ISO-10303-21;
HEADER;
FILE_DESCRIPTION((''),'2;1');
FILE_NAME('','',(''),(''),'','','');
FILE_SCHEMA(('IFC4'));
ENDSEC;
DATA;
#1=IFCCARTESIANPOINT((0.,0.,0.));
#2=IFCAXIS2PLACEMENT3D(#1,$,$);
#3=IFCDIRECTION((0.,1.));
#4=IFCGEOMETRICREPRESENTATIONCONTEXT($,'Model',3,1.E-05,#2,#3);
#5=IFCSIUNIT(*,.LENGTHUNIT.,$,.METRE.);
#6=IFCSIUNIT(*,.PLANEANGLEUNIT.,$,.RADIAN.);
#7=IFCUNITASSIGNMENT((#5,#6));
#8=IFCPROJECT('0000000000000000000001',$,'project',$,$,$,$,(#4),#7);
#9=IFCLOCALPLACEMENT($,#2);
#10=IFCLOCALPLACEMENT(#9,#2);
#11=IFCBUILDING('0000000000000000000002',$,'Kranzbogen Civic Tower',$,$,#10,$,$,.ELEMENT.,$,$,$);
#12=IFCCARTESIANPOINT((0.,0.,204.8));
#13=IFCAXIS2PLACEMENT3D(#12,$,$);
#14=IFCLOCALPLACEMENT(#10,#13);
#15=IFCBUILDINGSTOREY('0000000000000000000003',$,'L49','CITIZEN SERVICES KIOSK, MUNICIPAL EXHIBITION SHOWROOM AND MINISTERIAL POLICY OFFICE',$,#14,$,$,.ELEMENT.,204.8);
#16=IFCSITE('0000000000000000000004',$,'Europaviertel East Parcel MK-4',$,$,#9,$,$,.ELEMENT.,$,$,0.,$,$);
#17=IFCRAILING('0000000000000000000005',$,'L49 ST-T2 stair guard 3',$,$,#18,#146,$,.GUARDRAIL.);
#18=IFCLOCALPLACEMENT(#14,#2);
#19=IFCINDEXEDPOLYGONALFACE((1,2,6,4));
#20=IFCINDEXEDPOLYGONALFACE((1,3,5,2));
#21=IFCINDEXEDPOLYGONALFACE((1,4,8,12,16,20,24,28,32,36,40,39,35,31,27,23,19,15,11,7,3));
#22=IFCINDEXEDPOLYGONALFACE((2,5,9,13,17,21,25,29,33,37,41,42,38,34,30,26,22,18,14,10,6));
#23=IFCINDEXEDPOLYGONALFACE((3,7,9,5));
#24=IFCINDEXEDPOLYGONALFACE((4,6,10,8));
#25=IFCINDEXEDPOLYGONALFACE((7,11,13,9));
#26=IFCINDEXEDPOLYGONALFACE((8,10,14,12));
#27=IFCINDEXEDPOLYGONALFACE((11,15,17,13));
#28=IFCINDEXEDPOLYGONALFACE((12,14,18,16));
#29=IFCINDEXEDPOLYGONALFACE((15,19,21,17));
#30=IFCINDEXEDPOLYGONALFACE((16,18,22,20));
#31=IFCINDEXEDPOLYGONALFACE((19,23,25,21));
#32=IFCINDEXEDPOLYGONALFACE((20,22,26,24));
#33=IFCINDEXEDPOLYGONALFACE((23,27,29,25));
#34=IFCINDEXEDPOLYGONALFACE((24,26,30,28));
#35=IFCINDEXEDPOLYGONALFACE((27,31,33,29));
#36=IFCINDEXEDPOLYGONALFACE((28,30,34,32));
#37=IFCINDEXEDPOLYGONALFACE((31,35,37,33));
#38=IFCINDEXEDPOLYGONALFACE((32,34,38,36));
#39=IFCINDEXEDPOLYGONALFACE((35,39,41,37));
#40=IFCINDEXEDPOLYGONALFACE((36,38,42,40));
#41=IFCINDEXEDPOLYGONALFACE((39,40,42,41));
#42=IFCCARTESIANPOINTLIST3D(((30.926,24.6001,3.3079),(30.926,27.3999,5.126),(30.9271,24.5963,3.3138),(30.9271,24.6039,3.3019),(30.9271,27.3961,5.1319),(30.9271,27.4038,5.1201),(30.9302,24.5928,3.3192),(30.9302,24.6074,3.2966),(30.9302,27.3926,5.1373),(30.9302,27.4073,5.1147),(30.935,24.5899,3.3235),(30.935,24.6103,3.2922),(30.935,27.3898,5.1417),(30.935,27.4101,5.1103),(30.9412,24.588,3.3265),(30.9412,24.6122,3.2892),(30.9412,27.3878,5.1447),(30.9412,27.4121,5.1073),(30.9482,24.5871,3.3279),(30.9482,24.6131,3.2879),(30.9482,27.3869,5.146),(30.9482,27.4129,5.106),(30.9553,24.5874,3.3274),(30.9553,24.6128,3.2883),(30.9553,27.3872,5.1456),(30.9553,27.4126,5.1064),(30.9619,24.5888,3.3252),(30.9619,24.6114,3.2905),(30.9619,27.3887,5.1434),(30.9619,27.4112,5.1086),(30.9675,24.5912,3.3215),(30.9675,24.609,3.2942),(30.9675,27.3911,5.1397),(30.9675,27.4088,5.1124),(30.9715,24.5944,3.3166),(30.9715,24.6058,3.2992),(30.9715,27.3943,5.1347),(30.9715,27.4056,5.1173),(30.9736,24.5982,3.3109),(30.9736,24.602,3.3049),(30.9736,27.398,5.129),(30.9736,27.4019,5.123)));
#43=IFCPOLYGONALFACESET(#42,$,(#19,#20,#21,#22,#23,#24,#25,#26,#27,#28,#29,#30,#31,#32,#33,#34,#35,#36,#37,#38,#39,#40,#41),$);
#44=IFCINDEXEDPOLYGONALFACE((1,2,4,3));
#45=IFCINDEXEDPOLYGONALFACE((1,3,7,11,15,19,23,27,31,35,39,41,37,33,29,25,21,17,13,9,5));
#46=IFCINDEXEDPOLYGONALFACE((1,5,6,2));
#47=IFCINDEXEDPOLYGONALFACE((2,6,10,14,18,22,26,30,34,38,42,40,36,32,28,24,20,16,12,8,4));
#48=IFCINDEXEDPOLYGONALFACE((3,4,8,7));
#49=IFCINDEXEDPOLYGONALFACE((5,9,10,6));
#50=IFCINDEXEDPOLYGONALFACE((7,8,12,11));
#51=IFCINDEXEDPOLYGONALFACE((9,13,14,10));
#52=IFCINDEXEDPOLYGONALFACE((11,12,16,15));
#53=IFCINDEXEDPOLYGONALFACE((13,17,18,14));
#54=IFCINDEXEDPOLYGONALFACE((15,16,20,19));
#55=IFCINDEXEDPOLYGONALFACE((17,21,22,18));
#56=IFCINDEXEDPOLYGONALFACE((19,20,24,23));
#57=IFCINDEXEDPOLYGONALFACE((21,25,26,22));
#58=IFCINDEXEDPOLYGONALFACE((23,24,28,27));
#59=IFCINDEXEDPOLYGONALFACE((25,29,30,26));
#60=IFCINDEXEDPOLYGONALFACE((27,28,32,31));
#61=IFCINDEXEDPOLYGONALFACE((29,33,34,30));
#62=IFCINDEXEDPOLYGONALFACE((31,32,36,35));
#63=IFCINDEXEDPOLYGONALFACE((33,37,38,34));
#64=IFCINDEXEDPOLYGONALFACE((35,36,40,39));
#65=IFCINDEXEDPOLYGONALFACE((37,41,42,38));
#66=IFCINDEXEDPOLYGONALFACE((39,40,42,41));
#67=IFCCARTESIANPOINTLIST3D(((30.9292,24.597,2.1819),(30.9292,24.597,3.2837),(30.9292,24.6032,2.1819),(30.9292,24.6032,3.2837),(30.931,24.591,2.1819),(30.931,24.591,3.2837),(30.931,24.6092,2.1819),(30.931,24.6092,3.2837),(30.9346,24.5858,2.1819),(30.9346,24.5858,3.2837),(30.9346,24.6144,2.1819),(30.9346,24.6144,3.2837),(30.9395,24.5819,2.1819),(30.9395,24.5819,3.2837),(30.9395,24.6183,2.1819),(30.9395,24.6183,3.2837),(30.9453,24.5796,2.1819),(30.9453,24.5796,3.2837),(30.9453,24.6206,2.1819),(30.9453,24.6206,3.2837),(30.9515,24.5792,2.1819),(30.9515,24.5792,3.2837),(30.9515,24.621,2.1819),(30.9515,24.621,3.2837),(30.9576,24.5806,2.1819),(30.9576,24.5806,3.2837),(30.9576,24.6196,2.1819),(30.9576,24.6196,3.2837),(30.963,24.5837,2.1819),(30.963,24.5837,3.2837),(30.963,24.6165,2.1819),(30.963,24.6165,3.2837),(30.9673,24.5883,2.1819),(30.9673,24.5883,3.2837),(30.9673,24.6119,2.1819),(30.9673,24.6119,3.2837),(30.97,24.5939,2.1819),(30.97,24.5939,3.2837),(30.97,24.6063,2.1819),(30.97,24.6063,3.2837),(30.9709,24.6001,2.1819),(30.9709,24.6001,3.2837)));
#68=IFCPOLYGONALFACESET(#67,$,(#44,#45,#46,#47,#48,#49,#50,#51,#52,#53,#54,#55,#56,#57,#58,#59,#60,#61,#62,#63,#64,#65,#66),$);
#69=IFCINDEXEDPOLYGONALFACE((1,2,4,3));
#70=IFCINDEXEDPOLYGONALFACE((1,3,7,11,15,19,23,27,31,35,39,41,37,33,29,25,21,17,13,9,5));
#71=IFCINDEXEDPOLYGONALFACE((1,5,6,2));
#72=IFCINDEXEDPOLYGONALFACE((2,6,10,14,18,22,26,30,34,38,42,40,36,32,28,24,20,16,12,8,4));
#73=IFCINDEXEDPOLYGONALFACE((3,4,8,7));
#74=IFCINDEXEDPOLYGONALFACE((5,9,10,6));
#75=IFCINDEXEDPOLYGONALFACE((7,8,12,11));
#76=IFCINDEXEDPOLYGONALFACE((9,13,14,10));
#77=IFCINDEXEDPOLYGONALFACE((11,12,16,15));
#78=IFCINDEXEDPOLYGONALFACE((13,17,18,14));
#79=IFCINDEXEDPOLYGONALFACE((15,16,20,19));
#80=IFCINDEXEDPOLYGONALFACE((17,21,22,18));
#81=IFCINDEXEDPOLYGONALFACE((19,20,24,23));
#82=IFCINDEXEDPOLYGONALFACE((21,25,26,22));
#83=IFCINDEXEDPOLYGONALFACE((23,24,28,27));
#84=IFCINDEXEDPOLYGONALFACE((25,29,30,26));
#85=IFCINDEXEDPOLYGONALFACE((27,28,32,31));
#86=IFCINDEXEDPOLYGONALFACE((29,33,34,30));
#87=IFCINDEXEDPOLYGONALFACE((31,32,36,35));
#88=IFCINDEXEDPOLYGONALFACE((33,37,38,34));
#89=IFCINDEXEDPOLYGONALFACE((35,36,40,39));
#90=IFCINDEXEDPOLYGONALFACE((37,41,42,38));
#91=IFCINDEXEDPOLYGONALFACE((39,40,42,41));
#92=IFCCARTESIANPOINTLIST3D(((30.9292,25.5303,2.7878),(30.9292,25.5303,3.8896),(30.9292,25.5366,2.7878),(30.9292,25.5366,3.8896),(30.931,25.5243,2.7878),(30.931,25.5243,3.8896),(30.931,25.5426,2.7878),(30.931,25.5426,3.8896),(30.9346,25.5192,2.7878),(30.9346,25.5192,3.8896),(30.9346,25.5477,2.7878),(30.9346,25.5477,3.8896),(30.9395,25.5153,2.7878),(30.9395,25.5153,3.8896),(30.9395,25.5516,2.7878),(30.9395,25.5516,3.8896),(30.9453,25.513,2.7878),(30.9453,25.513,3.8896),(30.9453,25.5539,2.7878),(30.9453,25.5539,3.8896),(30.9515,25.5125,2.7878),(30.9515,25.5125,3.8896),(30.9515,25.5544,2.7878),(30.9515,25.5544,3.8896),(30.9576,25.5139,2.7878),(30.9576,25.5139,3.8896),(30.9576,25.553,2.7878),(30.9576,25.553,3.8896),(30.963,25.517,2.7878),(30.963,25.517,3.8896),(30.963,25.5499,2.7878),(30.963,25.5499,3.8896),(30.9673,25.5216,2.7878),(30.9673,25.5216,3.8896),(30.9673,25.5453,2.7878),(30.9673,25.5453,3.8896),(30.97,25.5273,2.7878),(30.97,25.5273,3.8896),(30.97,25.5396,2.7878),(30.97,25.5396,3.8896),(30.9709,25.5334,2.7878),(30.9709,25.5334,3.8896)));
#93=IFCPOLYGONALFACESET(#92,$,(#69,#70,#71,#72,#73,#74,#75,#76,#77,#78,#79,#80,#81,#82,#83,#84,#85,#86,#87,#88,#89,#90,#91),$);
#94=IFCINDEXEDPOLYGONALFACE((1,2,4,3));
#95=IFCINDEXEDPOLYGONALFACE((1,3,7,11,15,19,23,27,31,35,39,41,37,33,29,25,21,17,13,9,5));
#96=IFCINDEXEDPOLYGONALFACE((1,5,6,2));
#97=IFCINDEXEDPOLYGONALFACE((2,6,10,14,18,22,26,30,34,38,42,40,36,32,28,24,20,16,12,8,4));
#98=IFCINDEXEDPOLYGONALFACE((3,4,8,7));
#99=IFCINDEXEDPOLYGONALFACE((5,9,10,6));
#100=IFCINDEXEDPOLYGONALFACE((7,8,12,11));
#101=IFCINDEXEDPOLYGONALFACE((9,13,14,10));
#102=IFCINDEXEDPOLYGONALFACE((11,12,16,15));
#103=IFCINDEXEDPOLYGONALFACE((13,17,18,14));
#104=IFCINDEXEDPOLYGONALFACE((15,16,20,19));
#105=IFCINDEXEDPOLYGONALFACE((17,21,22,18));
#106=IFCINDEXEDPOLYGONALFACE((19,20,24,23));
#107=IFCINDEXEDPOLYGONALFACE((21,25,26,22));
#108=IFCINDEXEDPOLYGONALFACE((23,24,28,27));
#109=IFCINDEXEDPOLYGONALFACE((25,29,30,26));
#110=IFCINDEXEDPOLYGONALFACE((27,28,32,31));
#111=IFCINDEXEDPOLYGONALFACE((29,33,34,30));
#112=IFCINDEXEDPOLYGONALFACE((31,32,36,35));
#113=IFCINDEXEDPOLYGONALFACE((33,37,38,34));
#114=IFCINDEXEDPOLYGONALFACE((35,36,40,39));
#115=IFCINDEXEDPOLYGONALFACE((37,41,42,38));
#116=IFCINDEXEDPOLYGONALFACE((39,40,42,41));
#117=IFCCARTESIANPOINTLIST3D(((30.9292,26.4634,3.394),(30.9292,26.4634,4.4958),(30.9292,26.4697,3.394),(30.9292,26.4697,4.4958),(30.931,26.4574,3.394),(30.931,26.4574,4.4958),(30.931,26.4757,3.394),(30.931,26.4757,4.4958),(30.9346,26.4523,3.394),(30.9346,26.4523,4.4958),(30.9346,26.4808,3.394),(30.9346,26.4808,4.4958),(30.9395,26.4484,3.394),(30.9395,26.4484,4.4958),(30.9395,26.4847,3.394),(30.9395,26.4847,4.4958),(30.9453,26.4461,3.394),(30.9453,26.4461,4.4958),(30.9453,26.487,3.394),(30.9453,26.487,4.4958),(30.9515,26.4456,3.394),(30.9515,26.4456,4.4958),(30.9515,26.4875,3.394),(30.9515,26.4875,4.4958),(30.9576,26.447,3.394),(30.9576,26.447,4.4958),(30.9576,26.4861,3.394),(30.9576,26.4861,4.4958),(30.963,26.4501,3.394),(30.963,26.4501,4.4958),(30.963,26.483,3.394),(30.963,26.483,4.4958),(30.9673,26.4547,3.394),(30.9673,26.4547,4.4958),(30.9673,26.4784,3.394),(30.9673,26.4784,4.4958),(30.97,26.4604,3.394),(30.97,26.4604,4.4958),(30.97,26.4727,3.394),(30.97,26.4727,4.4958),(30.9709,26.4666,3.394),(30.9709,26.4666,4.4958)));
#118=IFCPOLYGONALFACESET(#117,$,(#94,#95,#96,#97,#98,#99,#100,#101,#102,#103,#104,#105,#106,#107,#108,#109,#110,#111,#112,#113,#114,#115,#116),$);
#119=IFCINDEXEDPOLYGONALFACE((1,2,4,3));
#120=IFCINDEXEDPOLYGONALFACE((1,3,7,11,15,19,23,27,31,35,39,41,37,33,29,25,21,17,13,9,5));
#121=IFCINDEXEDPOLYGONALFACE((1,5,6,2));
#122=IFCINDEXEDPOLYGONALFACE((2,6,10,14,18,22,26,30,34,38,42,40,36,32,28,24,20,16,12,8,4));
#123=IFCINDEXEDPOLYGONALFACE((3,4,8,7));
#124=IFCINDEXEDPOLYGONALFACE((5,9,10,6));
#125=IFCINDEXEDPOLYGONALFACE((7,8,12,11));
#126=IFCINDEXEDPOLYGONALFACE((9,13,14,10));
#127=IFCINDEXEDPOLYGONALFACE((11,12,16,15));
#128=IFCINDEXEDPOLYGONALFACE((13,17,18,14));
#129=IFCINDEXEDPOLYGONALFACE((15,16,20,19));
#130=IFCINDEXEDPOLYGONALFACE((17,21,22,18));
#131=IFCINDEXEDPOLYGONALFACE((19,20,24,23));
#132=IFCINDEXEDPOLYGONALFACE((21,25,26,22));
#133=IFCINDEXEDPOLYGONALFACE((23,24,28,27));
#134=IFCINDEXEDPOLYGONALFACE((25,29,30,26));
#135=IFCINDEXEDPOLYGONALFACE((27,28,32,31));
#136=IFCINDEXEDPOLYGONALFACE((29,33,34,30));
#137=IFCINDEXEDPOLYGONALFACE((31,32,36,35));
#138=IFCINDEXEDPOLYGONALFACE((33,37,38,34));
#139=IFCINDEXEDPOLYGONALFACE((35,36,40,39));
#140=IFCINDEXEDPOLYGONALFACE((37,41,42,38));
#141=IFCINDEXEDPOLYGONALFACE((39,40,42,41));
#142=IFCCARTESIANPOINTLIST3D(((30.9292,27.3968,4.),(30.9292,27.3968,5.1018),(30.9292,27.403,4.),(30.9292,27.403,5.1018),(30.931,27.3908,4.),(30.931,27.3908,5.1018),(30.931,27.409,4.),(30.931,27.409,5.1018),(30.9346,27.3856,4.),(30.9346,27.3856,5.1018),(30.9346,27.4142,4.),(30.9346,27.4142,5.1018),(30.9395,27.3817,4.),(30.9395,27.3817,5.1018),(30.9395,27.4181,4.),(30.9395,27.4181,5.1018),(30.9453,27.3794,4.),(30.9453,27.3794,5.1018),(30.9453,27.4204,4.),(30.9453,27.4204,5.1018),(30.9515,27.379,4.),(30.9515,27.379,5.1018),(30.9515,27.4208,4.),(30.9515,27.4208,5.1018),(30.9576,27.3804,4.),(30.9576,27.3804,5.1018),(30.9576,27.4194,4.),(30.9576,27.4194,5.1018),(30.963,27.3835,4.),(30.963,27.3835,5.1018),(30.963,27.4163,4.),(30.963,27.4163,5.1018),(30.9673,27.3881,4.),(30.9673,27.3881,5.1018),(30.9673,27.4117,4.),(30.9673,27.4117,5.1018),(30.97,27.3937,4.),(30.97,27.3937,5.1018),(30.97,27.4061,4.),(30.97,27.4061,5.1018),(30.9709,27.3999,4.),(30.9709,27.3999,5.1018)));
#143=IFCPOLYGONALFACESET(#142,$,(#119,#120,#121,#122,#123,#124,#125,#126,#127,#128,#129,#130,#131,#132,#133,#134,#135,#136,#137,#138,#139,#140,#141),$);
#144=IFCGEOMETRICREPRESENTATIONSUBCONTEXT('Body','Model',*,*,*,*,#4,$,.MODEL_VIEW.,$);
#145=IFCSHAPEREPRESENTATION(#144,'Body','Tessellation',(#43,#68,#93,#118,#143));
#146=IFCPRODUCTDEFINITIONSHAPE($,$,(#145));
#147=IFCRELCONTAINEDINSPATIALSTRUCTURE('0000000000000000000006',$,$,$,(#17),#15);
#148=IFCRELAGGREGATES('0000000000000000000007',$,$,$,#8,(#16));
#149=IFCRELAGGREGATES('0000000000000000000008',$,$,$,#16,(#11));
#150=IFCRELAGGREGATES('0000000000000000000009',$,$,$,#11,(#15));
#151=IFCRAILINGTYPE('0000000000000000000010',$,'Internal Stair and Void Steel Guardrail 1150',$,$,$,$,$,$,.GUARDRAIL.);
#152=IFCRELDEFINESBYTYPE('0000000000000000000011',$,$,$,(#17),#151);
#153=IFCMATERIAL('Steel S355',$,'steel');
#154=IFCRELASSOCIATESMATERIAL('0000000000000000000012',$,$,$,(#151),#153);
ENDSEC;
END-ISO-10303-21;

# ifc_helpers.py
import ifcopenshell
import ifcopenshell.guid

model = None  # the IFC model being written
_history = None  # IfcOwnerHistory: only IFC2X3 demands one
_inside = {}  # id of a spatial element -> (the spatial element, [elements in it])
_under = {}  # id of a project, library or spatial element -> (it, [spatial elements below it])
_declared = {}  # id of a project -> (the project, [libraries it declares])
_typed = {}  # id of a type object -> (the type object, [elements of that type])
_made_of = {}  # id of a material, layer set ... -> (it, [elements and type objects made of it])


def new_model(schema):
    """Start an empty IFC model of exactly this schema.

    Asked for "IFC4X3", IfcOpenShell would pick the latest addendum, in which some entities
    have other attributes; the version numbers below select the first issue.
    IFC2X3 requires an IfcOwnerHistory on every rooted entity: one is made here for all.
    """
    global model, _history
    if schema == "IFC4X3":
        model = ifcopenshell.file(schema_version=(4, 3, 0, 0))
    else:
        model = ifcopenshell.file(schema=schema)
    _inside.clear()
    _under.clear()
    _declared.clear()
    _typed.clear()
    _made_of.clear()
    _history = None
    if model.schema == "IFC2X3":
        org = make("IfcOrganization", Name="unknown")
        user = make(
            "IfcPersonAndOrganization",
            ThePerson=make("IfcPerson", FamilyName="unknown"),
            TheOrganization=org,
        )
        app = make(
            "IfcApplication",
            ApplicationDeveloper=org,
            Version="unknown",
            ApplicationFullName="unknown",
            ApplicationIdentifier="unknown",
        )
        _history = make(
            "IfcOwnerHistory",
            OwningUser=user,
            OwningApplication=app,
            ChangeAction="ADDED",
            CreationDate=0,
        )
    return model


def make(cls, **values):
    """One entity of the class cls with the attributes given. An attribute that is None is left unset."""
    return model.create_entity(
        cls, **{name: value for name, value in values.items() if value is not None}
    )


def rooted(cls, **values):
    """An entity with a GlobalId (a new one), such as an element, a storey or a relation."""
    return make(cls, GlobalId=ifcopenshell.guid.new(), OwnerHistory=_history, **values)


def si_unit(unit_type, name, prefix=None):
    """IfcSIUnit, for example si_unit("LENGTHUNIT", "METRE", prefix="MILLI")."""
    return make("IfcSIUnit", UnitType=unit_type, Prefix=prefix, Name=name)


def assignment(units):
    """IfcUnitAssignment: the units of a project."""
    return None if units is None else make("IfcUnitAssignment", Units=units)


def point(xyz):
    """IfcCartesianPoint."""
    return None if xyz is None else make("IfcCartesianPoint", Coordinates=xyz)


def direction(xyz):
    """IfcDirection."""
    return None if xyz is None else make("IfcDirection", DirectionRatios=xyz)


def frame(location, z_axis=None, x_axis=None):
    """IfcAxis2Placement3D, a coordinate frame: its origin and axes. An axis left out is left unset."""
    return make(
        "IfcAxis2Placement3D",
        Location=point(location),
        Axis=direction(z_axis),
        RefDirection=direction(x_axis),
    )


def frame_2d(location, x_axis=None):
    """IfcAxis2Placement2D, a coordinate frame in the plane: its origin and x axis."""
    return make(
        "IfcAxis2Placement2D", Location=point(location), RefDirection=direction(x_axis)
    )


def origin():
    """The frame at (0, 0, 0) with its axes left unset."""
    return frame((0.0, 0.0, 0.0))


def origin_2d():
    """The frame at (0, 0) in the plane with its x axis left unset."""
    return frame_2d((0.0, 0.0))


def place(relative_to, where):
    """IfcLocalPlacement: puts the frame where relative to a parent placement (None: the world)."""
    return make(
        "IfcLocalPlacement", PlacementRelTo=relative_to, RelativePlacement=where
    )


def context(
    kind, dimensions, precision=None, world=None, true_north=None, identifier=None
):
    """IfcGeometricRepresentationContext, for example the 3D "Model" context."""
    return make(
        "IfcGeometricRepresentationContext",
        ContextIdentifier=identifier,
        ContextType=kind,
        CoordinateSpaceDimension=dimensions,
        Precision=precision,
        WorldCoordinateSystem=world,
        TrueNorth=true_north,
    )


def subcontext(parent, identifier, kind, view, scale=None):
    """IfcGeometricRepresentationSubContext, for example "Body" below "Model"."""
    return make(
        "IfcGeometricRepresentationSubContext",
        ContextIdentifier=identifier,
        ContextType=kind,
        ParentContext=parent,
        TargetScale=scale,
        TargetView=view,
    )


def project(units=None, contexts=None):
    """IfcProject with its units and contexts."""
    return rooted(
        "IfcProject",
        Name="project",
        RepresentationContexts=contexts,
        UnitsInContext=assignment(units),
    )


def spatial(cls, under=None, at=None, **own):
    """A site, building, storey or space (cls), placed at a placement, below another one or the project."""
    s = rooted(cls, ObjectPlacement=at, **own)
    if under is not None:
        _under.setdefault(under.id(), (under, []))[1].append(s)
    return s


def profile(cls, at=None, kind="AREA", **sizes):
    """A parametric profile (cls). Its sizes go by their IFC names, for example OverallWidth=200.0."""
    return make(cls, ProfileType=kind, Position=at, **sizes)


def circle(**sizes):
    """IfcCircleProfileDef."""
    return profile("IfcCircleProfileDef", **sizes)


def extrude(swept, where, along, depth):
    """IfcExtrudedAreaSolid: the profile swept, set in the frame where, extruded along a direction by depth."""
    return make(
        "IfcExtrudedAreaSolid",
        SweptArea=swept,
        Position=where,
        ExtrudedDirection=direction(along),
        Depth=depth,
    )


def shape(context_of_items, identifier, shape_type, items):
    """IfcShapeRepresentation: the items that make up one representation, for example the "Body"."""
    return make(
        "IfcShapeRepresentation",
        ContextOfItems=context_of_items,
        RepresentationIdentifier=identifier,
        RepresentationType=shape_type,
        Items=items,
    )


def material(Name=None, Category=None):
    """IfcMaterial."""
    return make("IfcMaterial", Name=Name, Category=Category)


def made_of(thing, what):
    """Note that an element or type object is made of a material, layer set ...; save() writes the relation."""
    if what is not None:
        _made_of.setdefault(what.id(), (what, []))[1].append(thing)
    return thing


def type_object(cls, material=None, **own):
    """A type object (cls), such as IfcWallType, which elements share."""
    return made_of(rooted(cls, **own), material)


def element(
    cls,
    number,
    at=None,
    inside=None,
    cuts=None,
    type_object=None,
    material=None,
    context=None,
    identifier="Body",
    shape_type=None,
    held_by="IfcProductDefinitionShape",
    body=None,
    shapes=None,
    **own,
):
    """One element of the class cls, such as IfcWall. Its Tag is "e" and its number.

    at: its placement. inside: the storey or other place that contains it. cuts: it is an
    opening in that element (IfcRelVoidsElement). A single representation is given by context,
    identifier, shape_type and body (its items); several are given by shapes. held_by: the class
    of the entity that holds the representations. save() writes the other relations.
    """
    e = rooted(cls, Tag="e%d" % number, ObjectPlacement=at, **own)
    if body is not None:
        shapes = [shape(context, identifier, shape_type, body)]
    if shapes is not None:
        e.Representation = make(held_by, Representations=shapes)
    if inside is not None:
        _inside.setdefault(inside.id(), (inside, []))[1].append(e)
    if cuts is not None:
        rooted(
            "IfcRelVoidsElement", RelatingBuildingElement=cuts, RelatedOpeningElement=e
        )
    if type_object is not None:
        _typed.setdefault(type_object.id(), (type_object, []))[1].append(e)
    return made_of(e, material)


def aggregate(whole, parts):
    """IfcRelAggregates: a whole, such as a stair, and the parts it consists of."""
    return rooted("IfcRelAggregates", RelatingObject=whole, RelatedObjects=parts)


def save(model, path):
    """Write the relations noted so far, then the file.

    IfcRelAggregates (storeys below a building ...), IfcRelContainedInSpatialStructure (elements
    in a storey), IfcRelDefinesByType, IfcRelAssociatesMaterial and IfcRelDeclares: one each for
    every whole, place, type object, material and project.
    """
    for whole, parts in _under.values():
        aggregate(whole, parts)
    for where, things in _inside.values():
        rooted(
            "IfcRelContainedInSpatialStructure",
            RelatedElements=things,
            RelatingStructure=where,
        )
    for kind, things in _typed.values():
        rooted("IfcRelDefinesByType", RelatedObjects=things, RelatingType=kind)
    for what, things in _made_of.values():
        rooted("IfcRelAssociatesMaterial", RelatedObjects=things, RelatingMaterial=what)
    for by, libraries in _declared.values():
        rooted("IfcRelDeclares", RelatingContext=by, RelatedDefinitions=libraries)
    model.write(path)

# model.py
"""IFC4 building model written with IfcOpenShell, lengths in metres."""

from ifc_helpers import new_model, si_unit, direction, frame, origin, origin_2d, place, context, subcontext, project, spatial, circle, extrude, material, type_object, element, save


model = new_model("IFC4")

# Units and contexts
model_context = context("Model", 3, precision=1e-05, world=origin(), true_north=direction((0.0, 1.0)))
body_context = subcontext(model_context, "Body", "Model", "MODEL_VIEW")
ifc_project = project(units=[si_unit("LENGTHUNIT", "METRE"), si_unit("PLANEANGLEUNIT", "RADIAN")], contexts=[model_context])

# Site, building, storey
site_placement = place(None, origin())
site = spatial("IfcSite", under=ifc_project, at=site_placement, Name="Europaviertel East Parcel MK-4", CompositionType="ELEMENT", RefElevation=0.0)
building_placement = place(site_placement, origin())
building = spatial("IfcBuilding", under=site, at=building_placement, Name="Kranzbogen Civic Tower", CompositionType="ELEMENT")
storey_placement = place(building_placement, frame((0.0, 0.0, 204.8)))
storey = spatial("IfcBuildingStorey", under=building, at=storey_placement, Name="L49", Description="CITIZEN SERVICES KIOSK, MUNICIPAL EXHIBITION SHOWROOM AND MINISTERIAL POLICY OFFICE", CompositionType="ELEMENT", Elevation=204.8)

# Shared definitions
ifc_material_1 = material(Name="Steel S355", Category="steel")

# Railing
railing_type_1 = type_object("IfcRailingType", Name="Internal Stair and Void Steel Guardrail 1150", PredefinedType="GUARDRAIL", material=ifc_material_1)
railing_1_placement = place(storey_placement, frame((30.95, 24.6001, 2.1819)))
element("IfcRailing", 1, at=railing_1_placement, inside=storey, type_object=railing_type_1, Name="L49 ST-T2 stair guard 3", PredefinedType="GUARDRAIL", context=body_context, shape_type="SweptSolid", body=[
    extrude(circle(Radius=0.0239, at=origin_2d()), frame((0.0, 0.0, 1.126), z_axis=(0.0, 0.838684, 0.544618), x_axis=(-1.0, 0.0, 0.0)), (0.0, 0.0, 1.0), 3.3384),
    extrude(circle(Radius=0.021, at=origin_2d()), origin(), (0.0, 0.0, 1.0), 1.1018),
    extrude(circle(Radius=0.021, at=origin_2d()), frame((0.0, 0.9333, 0.606)), (0.0, 0.0, 1.0), 1.1018),
    extrude(circle(Radius=0.021, at=origin_2d()), frame((0.0, 1.8665, 1.2122)), (0.0, 0.0, 1.0), 1.1018),
    extrude(circle(Radius=0.021, at=origin_2d()), frame((0.0, 2.7998, 1.8181)), (0.0, 0.0, 1.0), 1.1018),
])

save(model, "model.ifc")
